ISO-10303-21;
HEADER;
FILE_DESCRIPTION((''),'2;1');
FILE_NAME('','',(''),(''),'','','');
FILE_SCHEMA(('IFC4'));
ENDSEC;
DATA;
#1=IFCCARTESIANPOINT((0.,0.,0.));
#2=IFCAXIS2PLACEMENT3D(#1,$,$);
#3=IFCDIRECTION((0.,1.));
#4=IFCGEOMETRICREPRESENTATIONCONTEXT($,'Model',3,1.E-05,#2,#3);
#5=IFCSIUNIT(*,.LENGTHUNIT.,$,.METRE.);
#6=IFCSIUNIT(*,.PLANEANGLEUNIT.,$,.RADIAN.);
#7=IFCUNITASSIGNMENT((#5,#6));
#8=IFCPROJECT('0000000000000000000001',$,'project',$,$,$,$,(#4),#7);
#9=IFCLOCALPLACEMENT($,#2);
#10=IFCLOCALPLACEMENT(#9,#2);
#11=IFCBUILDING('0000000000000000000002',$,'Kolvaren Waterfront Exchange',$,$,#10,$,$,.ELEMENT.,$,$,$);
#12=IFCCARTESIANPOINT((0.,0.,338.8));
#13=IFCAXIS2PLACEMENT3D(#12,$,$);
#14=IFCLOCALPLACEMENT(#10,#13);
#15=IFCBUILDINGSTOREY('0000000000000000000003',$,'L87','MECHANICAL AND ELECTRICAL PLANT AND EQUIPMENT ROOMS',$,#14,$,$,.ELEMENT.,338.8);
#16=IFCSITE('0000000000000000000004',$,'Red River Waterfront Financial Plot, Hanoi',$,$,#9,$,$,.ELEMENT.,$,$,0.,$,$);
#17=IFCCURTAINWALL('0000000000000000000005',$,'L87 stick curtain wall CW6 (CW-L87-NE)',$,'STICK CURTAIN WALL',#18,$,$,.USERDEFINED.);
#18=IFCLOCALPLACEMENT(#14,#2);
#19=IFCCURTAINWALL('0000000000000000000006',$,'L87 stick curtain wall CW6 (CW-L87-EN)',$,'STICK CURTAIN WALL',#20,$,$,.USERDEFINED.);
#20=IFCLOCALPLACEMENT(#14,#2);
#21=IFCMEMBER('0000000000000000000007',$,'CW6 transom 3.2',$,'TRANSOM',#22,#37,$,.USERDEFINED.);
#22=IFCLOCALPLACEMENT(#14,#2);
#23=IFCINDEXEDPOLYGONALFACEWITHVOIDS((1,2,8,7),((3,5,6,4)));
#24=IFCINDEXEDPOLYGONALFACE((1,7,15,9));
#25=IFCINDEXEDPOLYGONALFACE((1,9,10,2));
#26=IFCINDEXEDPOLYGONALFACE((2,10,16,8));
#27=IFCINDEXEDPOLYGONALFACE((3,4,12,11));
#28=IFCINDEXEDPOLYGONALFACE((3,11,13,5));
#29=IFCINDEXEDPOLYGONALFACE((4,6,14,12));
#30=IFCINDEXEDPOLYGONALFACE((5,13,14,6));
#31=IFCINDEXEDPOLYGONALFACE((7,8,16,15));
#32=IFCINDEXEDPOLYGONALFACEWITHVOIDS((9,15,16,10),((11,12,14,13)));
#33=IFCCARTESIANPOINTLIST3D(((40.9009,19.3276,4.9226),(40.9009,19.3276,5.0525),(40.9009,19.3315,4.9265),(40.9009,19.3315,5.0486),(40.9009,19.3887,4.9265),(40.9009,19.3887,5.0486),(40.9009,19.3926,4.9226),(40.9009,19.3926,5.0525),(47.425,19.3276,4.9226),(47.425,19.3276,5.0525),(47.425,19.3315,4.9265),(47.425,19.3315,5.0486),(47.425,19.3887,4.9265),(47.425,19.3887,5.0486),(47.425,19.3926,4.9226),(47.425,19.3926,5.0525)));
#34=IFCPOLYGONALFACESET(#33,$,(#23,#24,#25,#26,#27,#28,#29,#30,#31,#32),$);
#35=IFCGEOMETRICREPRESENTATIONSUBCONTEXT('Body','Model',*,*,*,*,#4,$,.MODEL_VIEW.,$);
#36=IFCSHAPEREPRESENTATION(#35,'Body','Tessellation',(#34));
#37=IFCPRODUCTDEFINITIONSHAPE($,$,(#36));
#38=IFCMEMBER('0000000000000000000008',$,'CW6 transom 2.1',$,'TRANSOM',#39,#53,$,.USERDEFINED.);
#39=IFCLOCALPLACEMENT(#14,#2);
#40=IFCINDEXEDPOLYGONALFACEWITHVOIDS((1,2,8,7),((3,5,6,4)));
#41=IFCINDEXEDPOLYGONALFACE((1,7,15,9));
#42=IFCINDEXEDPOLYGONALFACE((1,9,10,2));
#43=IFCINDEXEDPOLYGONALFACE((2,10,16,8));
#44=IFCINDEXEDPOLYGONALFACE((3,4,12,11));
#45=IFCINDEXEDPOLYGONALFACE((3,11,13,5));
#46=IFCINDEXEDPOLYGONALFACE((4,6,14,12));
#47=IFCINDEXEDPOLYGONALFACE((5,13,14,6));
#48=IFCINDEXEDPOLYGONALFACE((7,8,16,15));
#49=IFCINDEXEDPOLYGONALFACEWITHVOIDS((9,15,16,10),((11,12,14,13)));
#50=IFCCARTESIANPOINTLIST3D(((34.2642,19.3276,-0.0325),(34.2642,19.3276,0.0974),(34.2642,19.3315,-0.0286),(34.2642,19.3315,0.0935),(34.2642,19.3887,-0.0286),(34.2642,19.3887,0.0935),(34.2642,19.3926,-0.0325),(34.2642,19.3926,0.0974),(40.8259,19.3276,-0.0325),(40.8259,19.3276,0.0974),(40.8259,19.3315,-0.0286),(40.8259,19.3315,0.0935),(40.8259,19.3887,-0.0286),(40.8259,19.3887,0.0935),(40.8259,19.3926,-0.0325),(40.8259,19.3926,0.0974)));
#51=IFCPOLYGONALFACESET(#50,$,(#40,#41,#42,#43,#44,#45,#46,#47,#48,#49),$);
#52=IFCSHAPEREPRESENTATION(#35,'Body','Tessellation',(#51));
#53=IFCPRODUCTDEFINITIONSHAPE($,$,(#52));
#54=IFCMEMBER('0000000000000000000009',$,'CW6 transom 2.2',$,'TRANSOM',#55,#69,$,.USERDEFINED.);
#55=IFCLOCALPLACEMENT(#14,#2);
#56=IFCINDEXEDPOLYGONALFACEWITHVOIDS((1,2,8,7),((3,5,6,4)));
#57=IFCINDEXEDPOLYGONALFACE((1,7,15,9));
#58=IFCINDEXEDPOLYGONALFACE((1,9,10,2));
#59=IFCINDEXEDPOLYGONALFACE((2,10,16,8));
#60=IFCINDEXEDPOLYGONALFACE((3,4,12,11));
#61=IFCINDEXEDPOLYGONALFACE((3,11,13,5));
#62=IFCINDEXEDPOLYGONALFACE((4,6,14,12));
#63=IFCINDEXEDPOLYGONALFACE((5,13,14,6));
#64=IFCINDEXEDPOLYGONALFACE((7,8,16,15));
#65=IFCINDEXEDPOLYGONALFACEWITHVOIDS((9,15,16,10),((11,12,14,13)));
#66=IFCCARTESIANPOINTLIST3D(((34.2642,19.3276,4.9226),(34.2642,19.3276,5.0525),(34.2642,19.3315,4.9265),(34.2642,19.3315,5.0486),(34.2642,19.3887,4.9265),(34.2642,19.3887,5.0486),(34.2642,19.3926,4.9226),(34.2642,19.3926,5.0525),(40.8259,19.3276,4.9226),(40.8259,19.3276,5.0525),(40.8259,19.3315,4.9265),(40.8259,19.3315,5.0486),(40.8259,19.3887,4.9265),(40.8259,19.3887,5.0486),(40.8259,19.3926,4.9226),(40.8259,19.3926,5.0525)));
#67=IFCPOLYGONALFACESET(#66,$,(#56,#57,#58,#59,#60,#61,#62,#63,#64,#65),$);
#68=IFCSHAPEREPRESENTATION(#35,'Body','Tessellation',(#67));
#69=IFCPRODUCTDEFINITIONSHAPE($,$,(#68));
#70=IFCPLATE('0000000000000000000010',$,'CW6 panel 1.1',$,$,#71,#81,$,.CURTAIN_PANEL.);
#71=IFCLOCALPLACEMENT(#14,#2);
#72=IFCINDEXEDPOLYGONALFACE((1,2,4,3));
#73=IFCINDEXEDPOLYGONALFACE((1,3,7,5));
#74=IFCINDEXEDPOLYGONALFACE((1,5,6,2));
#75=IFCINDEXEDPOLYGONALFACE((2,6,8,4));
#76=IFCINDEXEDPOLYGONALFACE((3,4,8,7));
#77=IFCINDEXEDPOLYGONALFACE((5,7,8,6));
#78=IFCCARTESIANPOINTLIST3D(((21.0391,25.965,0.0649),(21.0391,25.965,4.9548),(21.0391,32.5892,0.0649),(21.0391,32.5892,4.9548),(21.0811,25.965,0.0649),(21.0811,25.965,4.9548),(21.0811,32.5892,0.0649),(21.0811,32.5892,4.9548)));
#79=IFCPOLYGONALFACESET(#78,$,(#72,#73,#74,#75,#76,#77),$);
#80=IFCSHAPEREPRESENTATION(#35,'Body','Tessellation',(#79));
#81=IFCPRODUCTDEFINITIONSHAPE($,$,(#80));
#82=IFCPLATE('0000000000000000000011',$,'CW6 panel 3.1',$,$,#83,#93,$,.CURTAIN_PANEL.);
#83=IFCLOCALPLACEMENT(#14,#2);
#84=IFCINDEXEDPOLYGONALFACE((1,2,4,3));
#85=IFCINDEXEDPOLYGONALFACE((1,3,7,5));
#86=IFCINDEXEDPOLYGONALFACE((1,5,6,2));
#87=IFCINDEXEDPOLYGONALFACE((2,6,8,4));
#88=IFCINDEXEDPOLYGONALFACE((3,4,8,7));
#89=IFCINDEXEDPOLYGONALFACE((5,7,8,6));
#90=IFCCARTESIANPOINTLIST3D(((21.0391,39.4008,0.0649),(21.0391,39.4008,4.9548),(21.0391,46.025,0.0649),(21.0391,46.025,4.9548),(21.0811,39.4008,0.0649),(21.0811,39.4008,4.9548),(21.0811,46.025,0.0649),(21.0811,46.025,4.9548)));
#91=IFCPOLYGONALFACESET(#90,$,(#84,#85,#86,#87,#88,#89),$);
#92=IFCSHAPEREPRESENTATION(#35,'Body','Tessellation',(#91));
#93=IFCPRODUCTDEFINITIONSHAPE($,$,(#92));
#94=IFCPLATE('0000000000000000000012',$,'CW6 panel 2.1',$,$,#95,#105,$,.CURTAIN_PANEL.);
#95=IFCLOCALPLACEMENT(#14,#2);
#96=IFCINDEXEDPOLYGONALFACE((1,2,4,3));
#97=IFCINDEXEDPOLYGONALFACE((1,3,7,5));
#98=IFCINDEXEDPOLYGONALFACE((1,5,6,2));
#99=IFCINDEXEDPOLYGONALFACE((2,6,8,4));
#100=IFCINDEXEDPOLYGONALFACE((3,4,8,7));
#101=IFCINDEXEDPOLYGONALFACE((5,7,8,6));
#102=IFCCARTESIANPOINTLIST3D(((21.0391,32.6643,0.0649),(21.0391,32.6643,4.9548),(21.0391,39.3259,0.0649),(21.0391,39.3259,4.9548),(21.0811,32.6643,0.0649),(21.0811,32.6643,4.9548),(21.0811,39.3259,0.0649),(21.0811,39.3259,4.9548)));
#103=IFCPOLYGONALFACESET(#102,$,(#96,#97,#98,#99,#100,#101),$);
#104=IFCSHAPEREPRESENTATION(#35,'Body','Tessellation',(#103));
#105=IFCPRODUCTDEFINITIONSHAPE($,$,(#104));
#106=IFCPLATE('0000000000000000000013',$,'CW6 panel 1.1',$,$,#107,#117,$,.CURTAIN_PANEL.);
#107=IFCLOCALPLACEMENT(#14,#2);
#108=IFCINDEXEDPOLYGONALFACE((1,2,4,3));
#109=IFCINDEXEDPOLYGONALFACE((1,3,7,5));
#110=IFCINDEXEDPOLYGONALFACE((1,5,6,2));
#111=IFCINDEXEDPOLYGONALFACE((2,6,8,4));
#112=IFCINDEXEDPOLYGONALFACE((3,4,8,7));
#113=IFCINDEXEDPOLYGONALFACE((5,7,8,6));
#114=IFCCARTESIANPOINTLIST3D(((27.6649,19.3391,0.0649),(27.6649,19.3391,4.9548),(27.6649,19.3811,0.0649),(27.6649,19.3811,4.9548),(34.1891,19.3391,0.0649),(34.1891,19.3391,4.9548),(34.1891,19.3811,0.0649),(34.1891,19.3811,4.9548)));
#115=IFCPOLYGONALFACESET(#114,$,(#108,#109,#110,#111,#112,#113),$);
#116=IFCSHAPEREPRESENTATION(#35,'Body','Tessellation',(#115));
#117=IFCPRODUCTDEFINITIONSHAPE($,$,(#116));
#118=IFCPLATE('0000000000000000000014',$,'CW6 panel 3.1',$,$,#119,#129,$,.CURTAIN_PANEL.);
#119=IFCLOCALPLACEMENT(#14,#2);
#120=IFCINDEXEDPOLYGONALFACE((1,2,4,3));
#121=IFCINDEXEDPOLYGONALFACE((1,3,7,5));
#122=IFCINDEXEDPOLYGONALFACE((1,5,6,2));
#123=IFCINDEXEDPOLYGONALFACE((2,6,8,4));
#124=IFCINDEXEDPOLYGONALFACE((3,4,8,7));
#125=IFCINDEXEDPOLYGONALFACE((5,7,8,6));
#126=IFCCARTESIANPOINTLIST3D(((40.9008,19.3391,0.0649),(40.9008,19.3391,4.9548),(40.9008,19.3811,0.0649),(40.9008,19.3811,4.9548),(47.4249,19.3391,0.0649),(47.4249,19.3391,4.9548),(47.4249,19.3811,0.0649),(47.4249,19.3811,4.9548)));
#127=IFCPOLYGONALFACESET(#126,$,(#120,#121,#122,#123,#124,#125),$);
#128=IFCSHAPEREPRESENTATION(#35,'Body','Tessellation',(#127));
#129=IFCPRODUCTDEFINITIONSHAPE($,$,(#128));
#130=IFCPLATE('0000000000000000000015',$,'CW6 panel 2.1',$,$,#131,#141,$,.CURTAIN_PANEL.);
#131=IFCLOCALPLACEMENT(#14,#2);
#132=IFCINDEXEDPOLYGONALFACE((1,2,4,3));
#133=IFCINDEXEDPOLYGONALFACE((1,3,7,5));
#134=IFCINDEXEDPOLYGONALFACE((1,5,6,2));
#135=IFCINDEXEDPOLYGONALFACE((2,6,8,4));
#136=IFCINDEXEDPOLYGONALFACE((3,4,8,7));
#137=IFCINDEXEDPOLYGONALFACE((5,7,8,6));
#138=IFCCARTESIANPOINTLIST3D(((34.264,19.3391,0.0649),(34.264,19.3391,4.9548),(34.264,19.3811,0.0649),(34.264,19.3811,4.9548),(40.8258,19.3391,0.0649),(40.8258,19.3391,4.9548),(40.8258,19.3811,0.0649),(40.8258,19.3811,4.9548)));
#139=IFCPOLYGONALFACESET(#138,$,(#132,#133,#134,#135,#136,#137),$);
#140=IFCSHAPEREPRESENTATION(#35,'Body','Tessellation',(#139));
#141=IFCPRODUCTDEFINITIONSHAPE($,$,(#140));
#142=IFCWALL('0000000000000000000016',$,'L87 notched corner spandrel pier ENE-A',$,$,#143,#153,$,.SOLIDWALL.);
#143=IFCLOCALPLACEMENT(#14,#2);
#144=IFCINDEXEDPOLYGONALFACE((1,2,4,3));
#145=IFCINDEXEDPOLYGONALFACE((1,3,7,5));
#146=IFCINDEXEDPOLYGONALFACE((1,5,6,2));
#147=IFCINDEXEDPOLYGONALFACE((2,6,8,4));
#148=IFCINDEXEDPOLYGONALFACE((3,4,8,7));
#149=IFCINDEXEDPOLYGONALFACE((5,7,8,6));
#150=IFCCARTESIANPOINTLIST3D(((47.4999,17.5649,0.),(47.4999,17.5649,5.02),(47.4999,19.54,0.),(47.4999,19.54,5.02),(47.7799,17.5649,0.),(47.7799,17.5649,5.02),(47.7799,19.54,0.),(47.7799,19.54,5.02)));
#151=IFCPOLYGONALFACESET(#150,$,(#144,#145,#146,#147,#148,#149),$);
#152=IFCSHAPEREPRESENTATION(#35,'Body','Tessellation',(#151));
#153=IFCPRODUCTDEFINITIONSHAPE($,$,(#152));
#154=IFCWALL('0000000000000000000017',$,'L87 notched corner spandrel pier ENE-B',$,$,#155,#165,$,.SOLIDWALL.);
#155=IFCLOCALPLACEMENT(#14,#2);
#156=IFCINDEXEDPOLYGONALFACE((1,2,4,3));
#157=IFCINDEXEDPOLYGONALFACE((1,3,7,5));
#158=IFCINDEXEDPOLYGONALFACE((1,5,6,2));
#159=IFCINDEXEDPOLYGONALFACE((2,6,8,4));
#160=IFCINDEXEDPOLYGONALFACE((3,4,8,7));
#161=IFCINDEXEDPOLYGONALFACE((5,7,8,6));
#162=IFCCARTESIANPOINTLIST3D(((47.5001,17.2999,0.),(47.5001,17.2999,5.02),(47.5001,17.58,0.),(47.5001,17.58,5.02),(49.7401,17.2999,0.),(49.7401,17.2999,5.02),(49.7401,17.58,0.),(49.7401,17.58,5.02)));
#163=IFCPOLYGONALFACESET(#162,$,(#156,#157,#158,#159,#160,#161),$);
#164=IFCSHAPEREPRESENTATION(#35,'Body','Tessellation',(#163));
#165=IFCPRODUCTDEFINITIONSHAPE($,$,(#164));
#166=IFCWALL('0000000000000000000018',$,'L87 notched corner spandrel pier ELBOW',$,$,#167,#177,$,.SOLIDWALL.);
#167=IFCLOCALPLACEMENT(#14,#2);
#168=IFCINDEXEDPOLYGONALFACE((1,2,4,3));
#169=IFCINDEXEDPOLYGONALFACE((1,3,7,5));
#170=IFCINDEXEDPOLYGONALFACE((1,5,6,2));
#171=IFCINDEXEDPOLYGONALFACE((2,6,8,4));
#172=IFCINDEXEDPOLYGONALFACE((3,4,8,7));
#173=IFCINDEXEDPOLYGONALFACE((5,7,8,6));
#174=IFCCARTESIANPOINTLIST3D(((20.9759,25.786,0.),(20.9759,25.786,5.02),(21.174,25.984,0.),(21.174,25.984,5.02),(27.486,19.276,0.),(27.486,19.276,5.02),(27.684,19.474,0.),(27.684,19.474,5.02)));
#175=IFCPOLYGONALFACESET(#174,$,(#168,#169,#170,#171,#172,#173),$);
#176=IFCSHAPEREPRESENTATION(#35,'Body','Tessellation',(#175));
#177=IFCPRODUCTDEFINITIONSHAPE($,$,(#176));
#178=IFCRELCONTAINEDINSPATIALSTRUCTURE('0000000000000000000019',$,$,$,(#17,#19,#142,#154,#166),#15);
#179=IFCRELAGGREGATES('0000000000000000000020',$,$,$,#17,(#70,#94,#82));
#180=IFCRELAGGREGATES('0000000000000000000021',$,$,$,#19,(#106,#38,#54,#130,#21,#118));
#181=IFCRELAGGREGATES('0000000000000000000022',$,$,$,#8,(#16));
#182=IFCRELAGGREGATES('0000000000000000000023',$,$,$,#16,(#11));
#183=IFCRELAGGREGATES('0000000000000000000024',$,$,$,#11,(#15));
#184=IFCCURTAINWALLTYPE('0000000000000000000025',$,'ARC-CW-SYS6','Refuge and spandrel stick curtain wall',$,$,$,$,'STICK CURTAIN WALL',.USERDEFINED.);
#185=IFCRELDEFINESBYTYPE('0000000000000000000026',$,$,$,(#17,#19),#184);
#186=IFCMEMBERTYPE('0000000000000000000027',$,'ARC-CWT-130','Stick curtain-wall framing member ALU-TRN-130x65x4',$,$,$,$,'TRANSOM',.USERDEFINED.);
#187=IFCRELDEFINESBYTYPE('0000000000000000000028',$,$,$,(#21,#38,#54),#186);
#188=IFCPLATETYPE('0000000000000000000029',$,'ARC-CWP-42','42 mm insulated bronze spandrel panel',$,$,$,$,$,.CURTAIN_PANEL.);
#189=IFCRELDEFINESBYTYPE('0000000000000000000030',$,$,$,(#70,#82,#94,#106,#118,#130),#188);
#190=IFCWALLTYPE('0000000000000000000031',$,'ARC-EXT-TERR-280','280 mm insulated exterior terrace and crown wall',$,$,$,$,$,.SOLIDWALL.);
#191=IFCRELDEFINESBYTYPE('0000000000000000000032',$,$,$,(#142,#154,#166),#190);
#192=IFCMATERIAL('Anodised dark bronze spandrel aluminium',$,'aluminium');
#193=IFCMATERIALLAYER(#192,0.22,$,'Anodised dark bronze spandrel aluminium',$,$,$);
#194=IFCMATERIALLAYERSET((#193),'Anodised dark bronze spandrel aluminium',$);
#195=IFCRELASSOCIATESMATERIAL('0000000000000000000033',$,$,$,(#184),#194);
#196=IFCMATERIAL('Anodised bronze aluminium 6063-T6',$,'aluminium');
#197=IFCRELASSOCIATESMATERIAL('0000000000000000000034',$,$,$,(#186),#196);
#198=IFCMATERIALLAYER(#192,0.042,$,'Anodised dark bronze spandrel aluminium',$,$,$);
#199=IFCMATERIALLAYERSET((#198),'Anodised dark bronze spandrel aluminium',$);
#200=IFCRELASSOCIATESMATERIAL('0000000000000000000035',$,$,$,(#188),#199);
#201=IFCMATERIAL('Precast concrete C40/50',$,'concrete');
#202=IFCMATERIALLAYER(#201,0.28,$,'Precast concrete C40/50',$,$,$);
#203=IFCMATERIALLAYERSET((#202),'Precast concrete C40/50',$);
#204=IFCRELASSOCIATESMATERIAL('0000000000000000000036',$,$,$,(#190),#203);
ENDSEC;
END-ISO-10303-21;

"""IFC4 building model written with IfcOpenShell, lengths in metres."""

from ifc_helpers import new_model, si_unit, direction, frame, frame_2d, origin, origin_with_axes, origin_2d, place, context, subcontext, project, spatial, rectangle, hollow_rectangle, extrude, source, transform, mapped, material, layer, layer_set, material_profile, profile_set, type_object, element, aggregate, save


model = new_model("IFC4")

# Units and contexts
model_context = context("Model", 3, precision=1e-05, world=origin(), true_north=direction((0.0, 1.0)))
body_context = subcontext(model_context, "Body", "Model", "MODEL_VIEW")
ifc_project = project(units=[si_unit("LENGTHUNIT", "METRE"), si_unit("PLANEANGLEUNIT", "RADIAN")], contexts=[model_context])

# Site, building, storey
site_placement = place(None, origin())
site = spatial("IfcSite", under=ifc_project, at=site_placement, Name="Red River Waterfront Financial Plot, Hanoi", CompositionType="ELEMENT", RefElevation=0.0)
building_placement = place(site_placement, origin())
building = spatial("IfcBuilding", under=site, at=building_placement, Name="Kolvaren Waterfront Exchange", CompositionType="ELEMENT")
storey_placement = place(building_placement, frame((0.0, 0.0, 338.8)))
storey = spatial("IfcBuildingStorey", under=building, at=storey_placement, Name="L87", Description="MECHANICAL AND ELECTRICAL PLANT AND EQUIPMENT ROOMS", CompositionType="ELEMENT", Elevation=338.8)

# Curtain walls
ifc_material_1 = material(Name="Anodised dark bronze spandrel aluminium", Category="aluminium")
ifc_layer_1 = layer(ifc_material_1, 0.22, Name="Anodised dark bronze spandrel aluminium")
ifc_layer_set_1 = layer_set([ifc_layer_1], Name="Anodised dark bronze spandrel aluminium")
curtain_wall_type = type_object("IfcCurtainWallType", Name="ARC-CW-SYS6", Description="Refuge and spandrel stick curtain wall", ElementType="STICK CURTAIN WALL", PredefinedType="USERDEFINED", material=ifc_layer_set_1)
curtain_wall_1_placement = place(storey_placement, origin())
curtain_wall_1 = element("IfcCurtainWall", 1, at=curtain_wall_1_placement, inside=storey, type_object=curtain_wall_type, Name="L87 stick curtain wall CW6 (CW-L87-NE)", ObjectType="STICK CURTAIN WALL", PredefinedType="USERDEFINED")
ifc_material_2 = material(Name="Anodised bronze aluminium 6063-T6", Category="aluminium")
curtain_wall_2_placement = place(storey_placement, origin())
curtain_wall_2 = element("IfcCurtainWall", 2, at=curtain_wall_2_placement, inside=storey, type_object=curtain_wall_type, Name="L87 stick curtain wall CW6 (CW-L87-EN)", ObjectType="STICK CURTAIN WALL", PredefinedType="USERDEFINED")

# Members
ifc_material_profile_1 = material_profile(ifc_material_2, hollow_rectangle(XDim=0.0649, YDim=0.1299, WallThickness=0.0039, at=origin_2d()), Name="ALU-TRN-130x65x4")
ifc_profile_set_1 = profile_set([ifc_material_profile_1], Name="Anodised bronze aluminium 6063-T6")
member_type_1 = type_object("IfcMemberType", Name="ARC-CWT-130", Description="Stick curtain-wall framing member ALU-TRN-130x65x4", ElementType="TRANSOM", PredefinedType="USERDEFINED", material=ifc_profile_set_1)
shared_shape_1 = source(origin_with_axes(), body_context, "Body", "SweptSolid", [
    extrude(hollow_rectangle(XDim=0.0649, YDim=0.1299, WallThickness=0.0039, at=origin_2d()), origin(), (0.0, 0.0, 1.0), 6.5242),
])
member_1_placement = place(storey_placement, frame((40.9009, 19.3601, 4.9875), z_axis=(1.0, 0.0, 0.0), x_axis=(0.0, 1.0, 0.0)))
member_1 = element("IfcMember", 3, at=member_1_placement, type_object=member_type_1, Name="CW6 transom 3.2", ObjectType="TRANSOM", PredefinedType="USERDEFINED", context=body_context, shape_type="MappedRepresentation", body=[
    mapped(shared_shape_1, transform((0.0, 0.0, 0.0), x_axis=(1.0, 0.0, 0.0), y_axis=(0.0, 1.0, 0.0), z_axis=(0.0, 0.0, 1.0), scale=1.0)),
])
shared_shape_2 = source(origin_with_axes(), body_context, "Body", "SweptSolid", [
    extrude(hollow_rectangle(XDim=0.0649, YDim=0.1299, WallThickness=0.0039, at=origin_2d()), origin(), (0.0, 0.0, 1.0), 6.5618),
])
member_2_placement = place(storey_placement, frame((34.2642, 19.3601, 0.0325), z_axis=(1.0, 0.0, 0.0), x_axis=(0.0, 1.0, 0.0)))
member_2 = element("IfcMember", 4, at=member_2_placement, type_object=member_type_1, Name="CW6 transom 2.1", ObjectType="TRANSOM", PredefinedType="USERDEFINED", context=body_context, shape_type="MappedRepresentation", body=[
    mapped(shared_shape_2, transform((0.0, 0.0, 0.0), x_axis=(1.0, 0.0, 0.0), y_axis=(0.0, 1.0, 0.0), z_axis=(0.0, 0.0, 1.0), scale=1.0)),
])
member_3_placement = place(storey_placement, frame((34.2642, 19.3601, 4.9875), z_axis=(1.0, 0.0, 0.0), x_axis=(0.0, 1.0, 0.0)))
member_3 = element("IfcMember", 5, at=member_3_placement, type_object=member_type_1, Name="CW6 transom 2.2", ObjectType="TRANSOM", PredefinedType="USERDEFINED", context=body_context, shape_type="MappedRepresentation", body=[
    mapped(shared_shape_2, transform((0.0, 0.0, 0.0), x_axis=(1.0, 0.0, 0.0), y_axis=(0.0, 1.0, 0.0), z_axis=(0.0, 0.0, 1.0), scale=1.0)),
])

# Plates
ifc_layer_2 = layer(ifc_material_1, 0.042, Name="Anodised dark bronze spandrel aluminium")
ifc_layer_set_2 = layer_set([ifc_layer_2], Name="Anodised dark bronze spandrel aluminium")
plate_type = type_object("IfcPlateType", Name="ARC-CWP-42", Description="42 mm insulated bronze spandrel panel", PredefinedType="CURTAIN_PANEL", material=ifc_layer_set_2)
shared_shape_3 = source(origin_with_axes(), body_context, "Body", "SweptSolid", [
    extrude(rectangle(XDim=6.6243, YDim=0.042, at=origin_2d()), origin(), (0.0, 0.0, 1.0), 4.8899),
])
plate_1_placement = place(storey_placement, frame((21.0601, 29.2771, 0.0649), z_axis=(0.0, 0.0, 1.0), x_axis=(0.0, 1.0, 0.0)))
plate_1 = element("IfcPlate", 6, at=plate_1_placement, type_object=plate_type, Name="CW6 panel 1.1", PredefinedType="CURTAIN_PANEL", context=body_context, shape_type="MappedRepresentation", body=[
    mapped(shared_shape_3, transform((0.0, 0.0, 0.0), x_axis=(1.0, 0.0, 0.0), y_axis=(0.0, 1.0, 0.0), z_axis=(0.0, 0.0, 1.0), scale=1.0)),
])
plate_2_placement = place(storey_placement, frame((21.0601, 42.7129, 0.0649), z_axis=(0.0, 0.0, 1.0), x_axis=(0.0, 1.0, 0.0)))
plate_2 = element("IfcPlate", 7, at=plate_2_placement, type_object=plate_type, Name="CW6 panel 3.1", PredefinedType="CURTAIN_PANEL", context=body_context, shape_type="MappedRepresentation", body=[
    mapped(shared_shape_3, transform((0.0, 0.0, 0.0), x_axis=(1.0, 0.0, 0.0), y_axis=(0.0, 1.0, 0.0), z_axis=(0.0, 0.0, 1.0), scale=1.0)),
])
shared_shape_4 = source(origin_with_axes(), body_context, "Body", "SweptSolid", [
    extrude(rectangle(XDim=6.6616, YDim=0.042, at=origin_2d()), origin(), (0.0, 0.0, 1.0), 4.8899),
])
plate_3_placement = place(storey_placement, frame((21.0601, 35.9951, 0.0649), z_axis=(0.0, 0.0, 1.0), x_axis=(0.0, 1.0, 0.0)))
plate_3 = element("IfcPlate", 8, at=plate_3_placement, type_object=plate_type, Name="CW6 panel 2.1", PredefinedType="CURTAIN_PANEL", context=body_context, shape_type="MappedRepresentation", body=[
    mapped(shared_shape_4, transform((0.0, 0.0, 0.0), x_axis=(1.0, 0.0, 0.0), y_axis=(0.0, 1.0, 0.0), z_axis=(0.0, 0.0, 1.0), scale=1.0)),
])
aggregate(curtain_wall_1, [plate_1, plate_3, plate_2])
shared_shape_5 = source(origin_with_axes(), body_context, "Body", "SweptSolid", [
    extrude(rectangle(XDim=6.5242, YDim=0.042, at=origin_2d()), origin(), (0.0, 0.0, 1.0), 4.8899),
])
plate_4_placement = place(storey_placement, frame((30.927, 19.3601, 0.0649), z_axis=(0.0, 0.0, 1.0), x_axis=(1.0, 0.0, 0.0)))
plate_4 = element("IfcPlate", 9, at=plate_4_placement, type_object=plate_type, Name="CW6 panel 1.1", PredefinedType="CURTAIN_PANEL", context=body_context, shape_type="MappedRepresentation", body=[
    mapped(shared_shape_5, transform((0.0, 0.0, 0.0), x_axis=(1.0, 0.0, 0.0), y_axis=(0.0, 1.0, 0.0), z_axis=(0.0, 0.0, 1.0), scale=1.0)),
])
plate_5_placement = place(storey_placement, frame((44.1628, 19.3601, 0.0649), z_axis=(0.0, 0.0, 1.0), x_axis=(1.0, 0.0, 0.0)))
plate_5 = element("IfcPlate", 10, at=plate_5_placement, type_object=plate_type, Name="CW6 panel 3.1", PredefinedType="CURTAIN_PANEL", context=body_context, shape_type="MappedRepresentation", body=[
    mapped(shared_shape_5, transform((0.0, 0.0, 0.0), x_axis=(1.0, 0.0, 0.0), y_axis=(0.0, 1.0, 0.0), z_axis=(0.0, 0.0, 1.0), scale=1.0)),
])
shared_shape_6 = source(origin_with_axes(), body_context, "Body", "SweptSolid", [
    extrude(rectangle(XDim=6.5618, YDim=0.042, at=origin_2d()), origin(), (0.0, 0.0, 1.0), 4.8899),
])
plate_6_placement = place(storey_placement, frame((37.5449, 19.3601, 0.0649), z_axis=(0.0, 0.0, 1.0), x_axis=(1.0, 0.0, 0.0)))
plate_6 = element("IfcPlate", 11, at=plate_6_placement, type_object=plate_type, Name="CW6 panel 2.1", PredefinedType="CURTAIN_PANEL", context=body_context, shape_type="MappedRepresentation", body=[
    mapped(shared_shape_6, transform((0.0, 0.0, 0.0), x_axis=(1.0, 0.0, 0.0), y_axis=(0.0, 1.0, 0.0), z_axis=(0.0, 0.0, 1.0), scale=1.0)),
])
aggregate(curtain_wall_2, [plate_4, member_2, member_3, plate_6, member_1, plate_5])

# Walls
ifc_material_3 = material(Name="Precast concrete C40/50", Category="concrete")
ifc_layer_3 = layer(ifc_material_3, 0.28, Name="Precast concrete C40/50")
ifc_layer_set_3 = layer_set([ifc_layer_3], Name="Precast concrete C40/50")
wall_type_1 = type_object("IfcWallType", Name="ARC-EXT-TERR-280", Description="280 mm insulated exterior terrace and crown wall", PredefinedType="SOLIDWALL", material=ifc_layer_set_3)
wall_1_placement = place(storey_placement, frame((47.6399, 17.5649, 0.0), z_axis=(0.0, 0.0, 1.0), x_axis=(0.0, 1.0, 0.0)))
element("IfcWall", 12, at=wall_1_placement, inside=storey, type_object=wall_type_1, Name="L87 notched corner spandrel pier ENE-A", PredefinedType="SOLIDWALL", context=body_context, shape_type="SweptSolid", body=[
    extrude(rectangle(XDim=1.9751, YDim=0.28, at=frame_2d((0.9875, 0.0))), origin(), (0.0, 0.0, 1.0), 5.02),
])
wall_2_placement = place(storey_placement, frame((47.5, 17.4399, 0.0), z_axis=(0.0, 0.0, 1.0), x_axis=(1.0, 0.0, 0.0)))
element("IfcWall", 13, at=wall_2_placement, inside=storey, type_object=wall_type_1, Name="L87 notched corner spandrel pier ENE-B", PredefinedType="SOLIDWALL", context=body_context, shape_type="SweptSolid", body=[
    extrude(rectangle(XDim=2.24, YDim=0.28, at=frame_2d((1.1201, 0.0))), origin(), (0.0, 0.0, 1.0), 5.02),
])
wall_3_placement = place(storey_placement, frame((27.585, 19.375, 0.0), z_axis=(0.0, 0.0, 1.0), x_axis=(-0.707107, 0.707107, 0.0)))
element("IfcWall", 14, at=wall_3_placement, inside=storey, type_object=wall_type_1, Name="L87 notched corner spandrel pier ELBOW", PredefinedType="SOLIDWALL", context=body_context, shape_type="SweptSolid", body=[
    extrude(rectangle(XDim=9.2065, YDim=0.28, at=frame_2d((4.6033, 0.0))), origin(), (0.0, 0.0, 1.0), 5.02),
])

save(model, "model.ifc")
